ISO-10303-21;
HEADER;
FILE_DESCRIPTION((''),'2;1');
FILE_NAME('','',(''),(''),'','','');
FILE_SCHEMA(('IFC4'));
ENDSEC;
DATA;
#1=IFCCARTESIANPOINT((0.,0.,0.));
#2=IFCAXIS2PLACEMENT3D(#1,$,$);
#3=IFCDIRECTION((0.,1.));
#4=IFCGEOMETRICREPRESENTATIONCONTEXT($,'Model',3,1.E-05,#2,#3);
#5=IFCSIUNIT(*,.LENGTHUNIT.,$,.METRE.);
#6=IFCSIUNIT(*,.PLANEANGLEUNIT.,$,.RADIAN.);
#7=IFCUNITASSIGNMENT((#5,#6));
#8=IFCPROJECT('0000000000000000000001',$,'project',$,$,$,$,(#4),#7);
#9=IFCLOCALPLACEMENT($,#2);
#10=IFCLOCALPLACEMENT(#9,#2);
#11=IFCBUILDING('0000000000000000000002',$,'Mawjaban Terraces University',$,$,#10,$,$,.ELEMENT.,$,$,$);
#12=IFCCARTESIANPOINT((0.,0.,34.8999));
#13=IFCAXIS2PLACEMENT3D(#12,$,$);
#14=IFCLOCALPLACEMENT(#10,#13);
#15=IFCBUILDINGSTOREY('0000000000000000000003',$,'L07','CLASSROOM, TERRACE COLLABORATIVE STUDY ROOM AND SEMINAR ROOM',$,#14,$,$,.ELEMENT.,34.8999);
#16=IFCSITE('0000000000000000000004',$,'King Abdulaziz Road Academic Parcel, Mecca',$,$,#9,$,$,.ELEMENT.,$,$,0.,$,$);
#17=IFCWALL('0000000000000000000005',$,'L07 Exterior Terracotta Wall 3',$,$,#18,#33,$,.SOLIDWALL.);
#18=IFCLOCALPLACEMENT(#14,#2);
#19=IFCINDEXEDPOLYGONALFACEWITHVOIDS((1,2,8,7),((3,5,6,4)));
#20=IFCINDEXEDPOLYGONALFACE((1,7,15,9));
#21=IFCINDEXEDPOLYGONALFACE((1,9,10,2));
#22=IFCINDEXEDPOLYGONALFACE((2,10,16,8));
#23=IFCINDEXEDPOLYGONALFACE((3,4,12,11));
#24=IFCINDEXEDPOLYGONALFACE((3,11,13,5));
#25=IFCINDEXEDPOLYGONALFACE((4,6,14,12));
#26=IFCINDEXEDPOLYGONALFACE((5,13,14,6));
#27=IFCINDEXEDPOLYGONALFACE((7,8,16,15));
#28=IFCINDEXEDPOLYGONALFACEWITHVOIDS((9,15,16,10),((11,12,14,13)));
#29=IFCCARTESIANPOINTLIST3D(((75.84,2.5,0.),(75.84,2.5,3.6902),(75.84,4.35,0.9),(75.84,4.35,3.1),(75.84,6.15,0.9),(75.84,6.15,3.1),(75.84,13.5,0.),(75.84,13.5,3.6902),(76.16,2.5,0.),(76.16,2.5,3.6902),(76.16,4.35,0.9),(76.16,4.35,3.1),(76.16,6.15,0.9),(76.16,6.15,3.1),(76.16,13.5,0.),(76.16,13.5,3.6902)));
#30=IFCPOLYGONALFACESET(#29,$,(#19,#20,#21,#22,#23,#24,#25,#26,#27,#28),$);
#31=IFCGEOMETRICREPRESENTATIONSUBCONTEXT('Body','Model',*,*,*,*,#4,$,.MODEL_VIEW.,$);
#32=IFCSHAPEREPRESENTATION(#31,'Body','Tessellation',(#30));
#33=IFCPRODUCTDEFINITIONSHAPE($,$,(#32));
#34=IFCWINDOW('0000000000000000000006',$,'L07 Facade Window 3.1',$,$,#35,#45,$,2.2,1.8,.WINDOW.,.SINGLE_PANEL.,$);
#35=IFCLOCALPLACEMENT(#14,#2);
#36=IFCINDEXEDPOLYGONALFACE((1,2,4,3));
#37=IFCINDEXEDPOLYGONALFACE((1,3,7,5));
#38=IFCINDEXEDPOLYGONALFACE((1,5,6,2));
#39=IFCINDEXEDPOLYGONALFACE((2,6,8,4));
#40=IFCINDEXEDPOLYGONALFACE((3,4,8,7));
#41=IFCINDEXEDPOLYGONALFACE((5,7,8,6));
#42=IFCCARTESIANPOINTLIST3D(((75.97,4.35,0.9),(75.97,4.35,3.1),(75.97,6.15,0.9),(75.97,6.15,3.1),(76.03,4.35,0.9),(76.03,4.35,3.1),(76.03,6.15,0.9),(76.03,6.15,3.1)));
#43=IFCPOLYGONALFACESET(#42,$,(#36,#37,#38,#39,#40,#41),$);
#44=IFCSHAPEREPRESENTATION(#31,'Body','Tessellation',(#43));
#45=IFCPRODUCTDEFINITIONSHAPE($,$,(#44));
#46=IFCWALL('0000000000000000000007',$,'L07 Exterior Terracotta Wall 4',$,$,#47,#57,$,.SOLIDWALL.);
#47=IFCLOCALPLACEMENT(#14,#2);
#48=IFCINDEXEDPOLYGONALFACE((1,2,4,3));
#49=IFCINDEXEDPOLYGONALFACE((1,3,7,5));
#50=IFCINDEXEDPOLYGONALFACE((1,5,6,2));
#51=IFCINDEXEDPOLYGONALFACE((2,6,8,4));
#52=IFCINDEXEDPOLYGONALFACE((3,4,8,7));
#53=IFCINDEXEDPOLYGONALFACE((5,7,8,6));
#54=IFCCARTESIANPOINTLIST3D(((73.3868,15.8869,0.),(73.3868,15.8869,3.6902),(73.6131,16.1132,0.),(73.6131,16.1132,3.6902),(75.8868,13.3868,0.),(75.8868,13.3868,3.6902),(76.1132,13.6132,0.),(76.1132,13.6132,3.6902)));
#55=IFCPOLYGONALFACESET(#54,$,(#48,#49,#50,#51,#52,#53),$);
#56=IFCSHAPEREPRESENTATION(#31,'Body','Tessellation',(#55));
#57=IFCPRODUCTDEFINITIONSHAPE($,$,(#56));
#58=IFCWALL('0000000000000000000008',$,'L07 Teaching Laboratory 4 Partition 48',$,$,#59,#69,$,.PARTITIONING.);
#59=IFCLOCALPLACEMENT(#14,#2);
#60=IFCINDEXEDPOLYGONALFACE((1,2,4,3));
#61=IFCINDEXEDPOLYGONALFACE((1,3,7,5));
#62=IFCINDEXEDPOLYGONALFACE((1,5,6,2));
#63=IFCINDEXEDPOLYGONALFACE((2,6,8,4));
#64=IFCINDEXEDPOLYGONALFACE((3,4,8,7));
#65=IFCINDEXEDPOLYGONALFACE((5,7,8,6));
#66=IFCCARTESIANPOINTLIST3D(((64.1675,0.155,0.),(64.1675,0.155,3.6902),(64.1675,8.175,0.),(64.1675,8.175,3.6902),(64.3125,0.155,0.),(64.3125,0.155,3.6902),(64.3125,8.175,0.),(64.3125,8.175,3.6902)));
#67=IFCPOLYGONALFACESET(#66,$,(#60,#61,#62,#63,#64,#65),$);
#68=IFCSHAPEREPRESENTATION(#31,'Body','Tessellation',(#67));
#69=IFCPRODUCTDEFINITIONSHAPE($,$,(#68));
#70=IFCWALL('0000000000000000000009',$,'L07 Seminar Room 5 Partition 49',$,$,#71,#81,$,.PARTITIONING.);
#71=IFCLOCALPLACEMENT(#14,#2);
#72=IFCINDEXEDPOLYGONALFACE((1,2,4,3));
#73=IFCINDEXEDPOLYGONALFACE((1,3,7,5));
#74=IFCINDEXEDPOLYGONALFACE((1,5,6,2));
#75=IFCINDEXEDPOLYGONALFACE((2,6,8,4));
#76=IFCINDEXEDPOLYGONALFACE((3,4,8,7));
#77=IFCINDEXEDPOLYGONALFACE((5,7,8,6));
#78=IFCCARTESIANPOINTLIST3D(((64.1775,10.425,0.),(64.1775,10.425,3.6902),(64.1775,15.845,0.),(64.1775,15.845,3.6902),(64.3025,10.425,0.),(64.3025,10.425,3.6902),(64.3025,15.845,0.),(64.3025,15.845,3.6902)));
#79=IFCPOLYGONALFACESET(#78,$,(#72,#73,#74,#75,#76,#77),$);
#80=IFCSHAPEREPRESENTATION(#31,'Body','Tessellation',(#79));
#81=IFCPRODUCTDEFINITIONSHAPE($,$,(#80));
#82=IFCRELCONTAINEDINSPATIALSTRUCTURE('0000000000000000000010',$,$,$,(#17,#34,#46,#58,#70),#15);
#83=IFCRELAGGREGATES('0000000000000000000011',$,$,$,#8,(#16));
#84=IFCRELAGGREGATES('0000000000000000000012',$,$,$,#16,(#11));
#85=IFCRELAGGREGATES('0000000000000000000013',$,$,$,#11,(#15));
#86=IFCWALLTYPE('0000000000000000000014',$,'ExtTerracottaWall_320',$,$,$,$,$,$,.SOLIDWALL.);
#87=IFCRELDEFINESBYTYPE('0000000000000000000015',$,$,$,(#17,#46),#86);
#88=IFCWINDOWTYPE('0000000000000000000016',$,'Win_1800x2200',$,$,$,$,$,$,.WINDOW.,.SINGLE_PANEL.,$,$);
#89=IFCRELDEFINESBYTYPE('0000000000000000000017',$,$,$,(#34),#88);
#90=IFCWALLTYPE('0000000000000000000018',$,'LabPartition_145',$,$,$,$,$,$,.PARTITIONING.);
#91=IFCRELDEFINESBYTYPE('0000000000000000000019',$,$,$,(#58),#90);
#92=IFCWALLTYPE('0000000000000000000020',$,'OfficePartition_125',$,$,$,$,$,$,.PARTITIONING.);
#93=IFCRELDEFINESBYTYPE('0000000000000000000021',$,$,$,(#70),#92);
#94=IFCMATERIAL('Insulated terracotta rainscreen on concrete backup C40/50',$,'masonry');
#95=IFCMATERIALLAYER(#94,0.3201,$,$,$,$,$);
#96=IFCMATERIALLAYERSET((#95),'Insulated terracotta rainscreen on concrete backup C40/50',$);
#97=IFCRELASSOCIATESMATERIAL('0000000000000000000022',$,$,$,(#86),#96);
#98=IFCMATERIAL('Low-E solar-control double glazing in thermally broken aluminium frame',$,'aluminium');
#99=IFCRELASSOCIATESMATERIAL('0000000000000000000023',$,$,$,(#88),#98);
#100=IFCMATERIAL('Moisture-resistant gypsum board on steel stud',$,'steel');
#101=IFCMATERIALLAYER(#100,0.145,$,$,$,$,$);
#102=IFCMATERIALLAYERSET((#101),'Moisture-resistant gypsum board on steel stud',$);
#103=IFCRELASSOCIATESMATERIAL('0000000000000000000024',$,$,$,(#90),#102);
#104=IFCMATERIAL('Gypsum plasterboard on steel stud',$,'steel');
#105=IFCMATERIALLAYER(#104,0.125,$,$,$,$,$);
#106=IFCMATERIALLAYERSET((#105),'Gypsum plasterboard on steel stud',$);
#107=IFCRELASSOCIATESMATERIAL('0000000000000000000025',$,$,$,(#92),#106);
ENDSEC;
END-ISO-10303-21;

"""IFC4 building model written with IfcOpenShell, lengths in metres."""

from ifc_helpers import new_model, si_unit, direction, frame, frame_2d, origin, place, context, subcontext, project, spatial, rectangle, extrude, material, layer, layer_set, type_object, element, fill, save


model = new_model("IFC4")

# Units and contexts
model_context = context("Model", 3, precision=1e-05, world=origin(), true_north=direction((0.0, 1.0)))
body_context = subcontext(model_context, "Body", "Model", "MODEL_VIEW")
ifc_project = project(units=[si_unit("LENGTHUNIT", "METRE"), si_unit("PLANEANGLEUNIT", "RADIAN")], contexts=[model_context])

# Site, building, storey
site_placement = place(None, origin())
site = spatial("IfcSite", under=ifc_project, at=site_placement, Name="King Abdulaziz Road Academic Parcel, Mecca", CompositionType="ELEMENT", RefElevation=0.0)
building_placement = place(site_placement, origin())
building = spatial("IfcBuilding", under=site, at=building_placement, Name="Mawjaban Terraces University", CompositionType="ELEMENT")
storey_placement = place(building_placement, frame((0.0, 0.0, 34.8999)))
storey = spatial("IfcBuildingStorey", under=building, at=storey_placement, Name="L07", Description="CLASSROOM, TERRACE COLLABORATIVE STUDY ROOM AND SEMINAR ROOM", CompositionType="ELEMENT", Elevation=34.8999)

# Shared definitions
ifc_material_1 = material(Name="Insulated terracotta rainscreen on concrete backup C40/50", Category="masonry")
ifc_layer_1 = layer(ifc_material_1, 0.3201)
ifc_layer_set_1 = layer_set([ifc_layer_1], Name="Insulated terracotta rainscreen on concrete backup C40/50")
wall_type_1 = type_object("IfcWallType", Name="ExtTerracottaWall_320", PredefinedType="SOLIDWALL", material=ifc_layer_set_1)

# Wall, opening, window
wall_1_placement = place(storey_placement, frame((76.0, 2.5, 0.0), z_axis=(0.0, 0.0, 1.0), x_axis=(0.0, 1.0, 0.0)))
wall_1 = element("IfcWall", 1, at=wall_1_placement, inside=storey, type_object=wall_type_1, Name="L07 Exterior Terracotta Wall 3", PredefinedType="SOLIDWALL", context=body_context, shape_type="SweptSolid", body=[
    extrude(rectangle(XDim=11.0, YDim=0.3201, at=frame_2d((5.5, 0.0))), origin(), (0.0, 0.0, 1.0), 3.6902),
])
opening_1_placement = place(wall_1_placement, frame((1.8501, 0.0, 0.8999)))
opening_1 = element("IfcOpeningElement", 2, at=opening_1_placement, cuts=wall_1, PredefinedType="OPENING", context=body_context, shape_type="SweptSolid", body=[
    extrude(rectangle(XDim=1.8, YDim=2.2, at=frame_2d((0.8999, 1.1001))), frame((0.0, 0.1699, 0.0), z_axis=(0.0, -1.0, 0.0), x_axis=(1.0, 0.0, 0.0)), (0.0, 0.0, 1.0), 0.3401),
])
ifc_material_2 = material(Name="Low-E solar-control double glazing in thermally broken aluminium frame", Category="aluminium")
window_type = type_object("IfcWindowType", Name="Win_1800x2200", PartitioningType="SINGLE_PANEL", PredefinedType="WINDOW", material=ifc_material_2)
window_placement = place(opening_1_placement, origin())
window = element("IfcWindow", 3, at=window_placement, inside=storey, type_object=window_type, Name="L07 Facade Window 3.1", OverallHeight=2.2, OverallWidth=1.8, PartitioningType="SINGLE_PANEL", PredefinedType="WINDOW", context=body_context, shape_type="SweptSolid", body=[
    extrude(rectangle(XDim=1.8, YDim=2.2, at=frame_2d((0.8999, 1.1001))), frame((0.0, 0.03, 0.0), z_axis=(0.0, -1.0, 0.0), x_axis=(1.0, 0.0, 0.0)), (0.0, 0.0, 1.0), 0.0601),
])
fill(opening_1, window)

# Walls
wall_2_placement = place(storey_placement, frame((76.0, 13.5, 0.0), z_axis=(0.0, 0.0, 1.0), x_axis=(-0.707107, 0.707107, 0.0)))
element("IfcWall", 4, at=wall_2_placement, inside=storey, type_object=wall_type_1, Name="L07 Exterior Terracotta Wall 4", PredefinedType="SOLIDWALL", context=body_context, shape_type="SweptSolid", body=[
    extrude(rectangle(XDim=3.5356, YDim=0.3201, at=frame_2d((1.7678, 0.0))), origin(), (0.0, 0.0, 1.0), 3.6902),
])
ifc_material_3 = material(Name="Moisture-resistant gypsum board on steel stud", Category="steel")
ifc_layer_2 = layer(ifc_material_3, 0.145)
ifc_layer_set_2 = layer_set([ifc_layer_2], Name="Moisture-resistant gypsum board on steel stud")
wall_type_2 = type_object("IfcWallType", Name="LabPartition_145", PredefinedType="PARTITIONING", material=ifc_layer_set_2)
wall_3_placement = place(storey_placement, frame((64.24, 0.155, 0.0), z_axis=(0.0, 0.0, 1.0), x_axis=(0.0, 1.0, 0.0)))
element("IfcWall", 5, at=wall_3_placement, inside=storey, type_object=wall_type_2, Name="L07 Teaching Laboratory 4 Partition 48", PredefinedType="PARTITIONING", context=body_context, shape_type="SweptSolid", body=[
    extrude(rectangle(XDim=8.02, YDim=0.145, at=frame_2d((4.01, 0.0))), origin(), (0.0, 0.0, 1.0), 3.6902),
])
ifc_material_4 = material(Name="Gypsum plasterboard on steel stud", Category="steel")
ifc_layer_3 = layer(ifc_material_4, 0.125)
ifc_layer_set_3 = layer_set([ifc_layer_3], Name="Gypsum plasterboard on steel stud")
wall_type_3 = type_object("IfcWallType", Name="OfficePartition_125", PredefinedType="PARTITIONING", material=ifc_layer_set_3)
wall_4_placement = place(storey_placement, frame((64.24, 10.425, 0.0), z_axis=(0.0, 0.0, 1.0), x_axis=(0.0, 1.0, 0.0)))
element("IfcWall", 6, at=wall_4_placement, inside=storey, type_object=wall_type_3, Name="L07 Seminar Room 5 Partition 49", PredefinedType="PARTITIONING", context=body_context, shape_type="SweptSolid", body=[
    extrude(rectangle(XDim=5.4199, YDim=0.125, at=frame_2d((2.71, 0.0))), origin(), (0.0, 0.0, 1.0), 3.6902),
])

save(model, "model.ifc")
